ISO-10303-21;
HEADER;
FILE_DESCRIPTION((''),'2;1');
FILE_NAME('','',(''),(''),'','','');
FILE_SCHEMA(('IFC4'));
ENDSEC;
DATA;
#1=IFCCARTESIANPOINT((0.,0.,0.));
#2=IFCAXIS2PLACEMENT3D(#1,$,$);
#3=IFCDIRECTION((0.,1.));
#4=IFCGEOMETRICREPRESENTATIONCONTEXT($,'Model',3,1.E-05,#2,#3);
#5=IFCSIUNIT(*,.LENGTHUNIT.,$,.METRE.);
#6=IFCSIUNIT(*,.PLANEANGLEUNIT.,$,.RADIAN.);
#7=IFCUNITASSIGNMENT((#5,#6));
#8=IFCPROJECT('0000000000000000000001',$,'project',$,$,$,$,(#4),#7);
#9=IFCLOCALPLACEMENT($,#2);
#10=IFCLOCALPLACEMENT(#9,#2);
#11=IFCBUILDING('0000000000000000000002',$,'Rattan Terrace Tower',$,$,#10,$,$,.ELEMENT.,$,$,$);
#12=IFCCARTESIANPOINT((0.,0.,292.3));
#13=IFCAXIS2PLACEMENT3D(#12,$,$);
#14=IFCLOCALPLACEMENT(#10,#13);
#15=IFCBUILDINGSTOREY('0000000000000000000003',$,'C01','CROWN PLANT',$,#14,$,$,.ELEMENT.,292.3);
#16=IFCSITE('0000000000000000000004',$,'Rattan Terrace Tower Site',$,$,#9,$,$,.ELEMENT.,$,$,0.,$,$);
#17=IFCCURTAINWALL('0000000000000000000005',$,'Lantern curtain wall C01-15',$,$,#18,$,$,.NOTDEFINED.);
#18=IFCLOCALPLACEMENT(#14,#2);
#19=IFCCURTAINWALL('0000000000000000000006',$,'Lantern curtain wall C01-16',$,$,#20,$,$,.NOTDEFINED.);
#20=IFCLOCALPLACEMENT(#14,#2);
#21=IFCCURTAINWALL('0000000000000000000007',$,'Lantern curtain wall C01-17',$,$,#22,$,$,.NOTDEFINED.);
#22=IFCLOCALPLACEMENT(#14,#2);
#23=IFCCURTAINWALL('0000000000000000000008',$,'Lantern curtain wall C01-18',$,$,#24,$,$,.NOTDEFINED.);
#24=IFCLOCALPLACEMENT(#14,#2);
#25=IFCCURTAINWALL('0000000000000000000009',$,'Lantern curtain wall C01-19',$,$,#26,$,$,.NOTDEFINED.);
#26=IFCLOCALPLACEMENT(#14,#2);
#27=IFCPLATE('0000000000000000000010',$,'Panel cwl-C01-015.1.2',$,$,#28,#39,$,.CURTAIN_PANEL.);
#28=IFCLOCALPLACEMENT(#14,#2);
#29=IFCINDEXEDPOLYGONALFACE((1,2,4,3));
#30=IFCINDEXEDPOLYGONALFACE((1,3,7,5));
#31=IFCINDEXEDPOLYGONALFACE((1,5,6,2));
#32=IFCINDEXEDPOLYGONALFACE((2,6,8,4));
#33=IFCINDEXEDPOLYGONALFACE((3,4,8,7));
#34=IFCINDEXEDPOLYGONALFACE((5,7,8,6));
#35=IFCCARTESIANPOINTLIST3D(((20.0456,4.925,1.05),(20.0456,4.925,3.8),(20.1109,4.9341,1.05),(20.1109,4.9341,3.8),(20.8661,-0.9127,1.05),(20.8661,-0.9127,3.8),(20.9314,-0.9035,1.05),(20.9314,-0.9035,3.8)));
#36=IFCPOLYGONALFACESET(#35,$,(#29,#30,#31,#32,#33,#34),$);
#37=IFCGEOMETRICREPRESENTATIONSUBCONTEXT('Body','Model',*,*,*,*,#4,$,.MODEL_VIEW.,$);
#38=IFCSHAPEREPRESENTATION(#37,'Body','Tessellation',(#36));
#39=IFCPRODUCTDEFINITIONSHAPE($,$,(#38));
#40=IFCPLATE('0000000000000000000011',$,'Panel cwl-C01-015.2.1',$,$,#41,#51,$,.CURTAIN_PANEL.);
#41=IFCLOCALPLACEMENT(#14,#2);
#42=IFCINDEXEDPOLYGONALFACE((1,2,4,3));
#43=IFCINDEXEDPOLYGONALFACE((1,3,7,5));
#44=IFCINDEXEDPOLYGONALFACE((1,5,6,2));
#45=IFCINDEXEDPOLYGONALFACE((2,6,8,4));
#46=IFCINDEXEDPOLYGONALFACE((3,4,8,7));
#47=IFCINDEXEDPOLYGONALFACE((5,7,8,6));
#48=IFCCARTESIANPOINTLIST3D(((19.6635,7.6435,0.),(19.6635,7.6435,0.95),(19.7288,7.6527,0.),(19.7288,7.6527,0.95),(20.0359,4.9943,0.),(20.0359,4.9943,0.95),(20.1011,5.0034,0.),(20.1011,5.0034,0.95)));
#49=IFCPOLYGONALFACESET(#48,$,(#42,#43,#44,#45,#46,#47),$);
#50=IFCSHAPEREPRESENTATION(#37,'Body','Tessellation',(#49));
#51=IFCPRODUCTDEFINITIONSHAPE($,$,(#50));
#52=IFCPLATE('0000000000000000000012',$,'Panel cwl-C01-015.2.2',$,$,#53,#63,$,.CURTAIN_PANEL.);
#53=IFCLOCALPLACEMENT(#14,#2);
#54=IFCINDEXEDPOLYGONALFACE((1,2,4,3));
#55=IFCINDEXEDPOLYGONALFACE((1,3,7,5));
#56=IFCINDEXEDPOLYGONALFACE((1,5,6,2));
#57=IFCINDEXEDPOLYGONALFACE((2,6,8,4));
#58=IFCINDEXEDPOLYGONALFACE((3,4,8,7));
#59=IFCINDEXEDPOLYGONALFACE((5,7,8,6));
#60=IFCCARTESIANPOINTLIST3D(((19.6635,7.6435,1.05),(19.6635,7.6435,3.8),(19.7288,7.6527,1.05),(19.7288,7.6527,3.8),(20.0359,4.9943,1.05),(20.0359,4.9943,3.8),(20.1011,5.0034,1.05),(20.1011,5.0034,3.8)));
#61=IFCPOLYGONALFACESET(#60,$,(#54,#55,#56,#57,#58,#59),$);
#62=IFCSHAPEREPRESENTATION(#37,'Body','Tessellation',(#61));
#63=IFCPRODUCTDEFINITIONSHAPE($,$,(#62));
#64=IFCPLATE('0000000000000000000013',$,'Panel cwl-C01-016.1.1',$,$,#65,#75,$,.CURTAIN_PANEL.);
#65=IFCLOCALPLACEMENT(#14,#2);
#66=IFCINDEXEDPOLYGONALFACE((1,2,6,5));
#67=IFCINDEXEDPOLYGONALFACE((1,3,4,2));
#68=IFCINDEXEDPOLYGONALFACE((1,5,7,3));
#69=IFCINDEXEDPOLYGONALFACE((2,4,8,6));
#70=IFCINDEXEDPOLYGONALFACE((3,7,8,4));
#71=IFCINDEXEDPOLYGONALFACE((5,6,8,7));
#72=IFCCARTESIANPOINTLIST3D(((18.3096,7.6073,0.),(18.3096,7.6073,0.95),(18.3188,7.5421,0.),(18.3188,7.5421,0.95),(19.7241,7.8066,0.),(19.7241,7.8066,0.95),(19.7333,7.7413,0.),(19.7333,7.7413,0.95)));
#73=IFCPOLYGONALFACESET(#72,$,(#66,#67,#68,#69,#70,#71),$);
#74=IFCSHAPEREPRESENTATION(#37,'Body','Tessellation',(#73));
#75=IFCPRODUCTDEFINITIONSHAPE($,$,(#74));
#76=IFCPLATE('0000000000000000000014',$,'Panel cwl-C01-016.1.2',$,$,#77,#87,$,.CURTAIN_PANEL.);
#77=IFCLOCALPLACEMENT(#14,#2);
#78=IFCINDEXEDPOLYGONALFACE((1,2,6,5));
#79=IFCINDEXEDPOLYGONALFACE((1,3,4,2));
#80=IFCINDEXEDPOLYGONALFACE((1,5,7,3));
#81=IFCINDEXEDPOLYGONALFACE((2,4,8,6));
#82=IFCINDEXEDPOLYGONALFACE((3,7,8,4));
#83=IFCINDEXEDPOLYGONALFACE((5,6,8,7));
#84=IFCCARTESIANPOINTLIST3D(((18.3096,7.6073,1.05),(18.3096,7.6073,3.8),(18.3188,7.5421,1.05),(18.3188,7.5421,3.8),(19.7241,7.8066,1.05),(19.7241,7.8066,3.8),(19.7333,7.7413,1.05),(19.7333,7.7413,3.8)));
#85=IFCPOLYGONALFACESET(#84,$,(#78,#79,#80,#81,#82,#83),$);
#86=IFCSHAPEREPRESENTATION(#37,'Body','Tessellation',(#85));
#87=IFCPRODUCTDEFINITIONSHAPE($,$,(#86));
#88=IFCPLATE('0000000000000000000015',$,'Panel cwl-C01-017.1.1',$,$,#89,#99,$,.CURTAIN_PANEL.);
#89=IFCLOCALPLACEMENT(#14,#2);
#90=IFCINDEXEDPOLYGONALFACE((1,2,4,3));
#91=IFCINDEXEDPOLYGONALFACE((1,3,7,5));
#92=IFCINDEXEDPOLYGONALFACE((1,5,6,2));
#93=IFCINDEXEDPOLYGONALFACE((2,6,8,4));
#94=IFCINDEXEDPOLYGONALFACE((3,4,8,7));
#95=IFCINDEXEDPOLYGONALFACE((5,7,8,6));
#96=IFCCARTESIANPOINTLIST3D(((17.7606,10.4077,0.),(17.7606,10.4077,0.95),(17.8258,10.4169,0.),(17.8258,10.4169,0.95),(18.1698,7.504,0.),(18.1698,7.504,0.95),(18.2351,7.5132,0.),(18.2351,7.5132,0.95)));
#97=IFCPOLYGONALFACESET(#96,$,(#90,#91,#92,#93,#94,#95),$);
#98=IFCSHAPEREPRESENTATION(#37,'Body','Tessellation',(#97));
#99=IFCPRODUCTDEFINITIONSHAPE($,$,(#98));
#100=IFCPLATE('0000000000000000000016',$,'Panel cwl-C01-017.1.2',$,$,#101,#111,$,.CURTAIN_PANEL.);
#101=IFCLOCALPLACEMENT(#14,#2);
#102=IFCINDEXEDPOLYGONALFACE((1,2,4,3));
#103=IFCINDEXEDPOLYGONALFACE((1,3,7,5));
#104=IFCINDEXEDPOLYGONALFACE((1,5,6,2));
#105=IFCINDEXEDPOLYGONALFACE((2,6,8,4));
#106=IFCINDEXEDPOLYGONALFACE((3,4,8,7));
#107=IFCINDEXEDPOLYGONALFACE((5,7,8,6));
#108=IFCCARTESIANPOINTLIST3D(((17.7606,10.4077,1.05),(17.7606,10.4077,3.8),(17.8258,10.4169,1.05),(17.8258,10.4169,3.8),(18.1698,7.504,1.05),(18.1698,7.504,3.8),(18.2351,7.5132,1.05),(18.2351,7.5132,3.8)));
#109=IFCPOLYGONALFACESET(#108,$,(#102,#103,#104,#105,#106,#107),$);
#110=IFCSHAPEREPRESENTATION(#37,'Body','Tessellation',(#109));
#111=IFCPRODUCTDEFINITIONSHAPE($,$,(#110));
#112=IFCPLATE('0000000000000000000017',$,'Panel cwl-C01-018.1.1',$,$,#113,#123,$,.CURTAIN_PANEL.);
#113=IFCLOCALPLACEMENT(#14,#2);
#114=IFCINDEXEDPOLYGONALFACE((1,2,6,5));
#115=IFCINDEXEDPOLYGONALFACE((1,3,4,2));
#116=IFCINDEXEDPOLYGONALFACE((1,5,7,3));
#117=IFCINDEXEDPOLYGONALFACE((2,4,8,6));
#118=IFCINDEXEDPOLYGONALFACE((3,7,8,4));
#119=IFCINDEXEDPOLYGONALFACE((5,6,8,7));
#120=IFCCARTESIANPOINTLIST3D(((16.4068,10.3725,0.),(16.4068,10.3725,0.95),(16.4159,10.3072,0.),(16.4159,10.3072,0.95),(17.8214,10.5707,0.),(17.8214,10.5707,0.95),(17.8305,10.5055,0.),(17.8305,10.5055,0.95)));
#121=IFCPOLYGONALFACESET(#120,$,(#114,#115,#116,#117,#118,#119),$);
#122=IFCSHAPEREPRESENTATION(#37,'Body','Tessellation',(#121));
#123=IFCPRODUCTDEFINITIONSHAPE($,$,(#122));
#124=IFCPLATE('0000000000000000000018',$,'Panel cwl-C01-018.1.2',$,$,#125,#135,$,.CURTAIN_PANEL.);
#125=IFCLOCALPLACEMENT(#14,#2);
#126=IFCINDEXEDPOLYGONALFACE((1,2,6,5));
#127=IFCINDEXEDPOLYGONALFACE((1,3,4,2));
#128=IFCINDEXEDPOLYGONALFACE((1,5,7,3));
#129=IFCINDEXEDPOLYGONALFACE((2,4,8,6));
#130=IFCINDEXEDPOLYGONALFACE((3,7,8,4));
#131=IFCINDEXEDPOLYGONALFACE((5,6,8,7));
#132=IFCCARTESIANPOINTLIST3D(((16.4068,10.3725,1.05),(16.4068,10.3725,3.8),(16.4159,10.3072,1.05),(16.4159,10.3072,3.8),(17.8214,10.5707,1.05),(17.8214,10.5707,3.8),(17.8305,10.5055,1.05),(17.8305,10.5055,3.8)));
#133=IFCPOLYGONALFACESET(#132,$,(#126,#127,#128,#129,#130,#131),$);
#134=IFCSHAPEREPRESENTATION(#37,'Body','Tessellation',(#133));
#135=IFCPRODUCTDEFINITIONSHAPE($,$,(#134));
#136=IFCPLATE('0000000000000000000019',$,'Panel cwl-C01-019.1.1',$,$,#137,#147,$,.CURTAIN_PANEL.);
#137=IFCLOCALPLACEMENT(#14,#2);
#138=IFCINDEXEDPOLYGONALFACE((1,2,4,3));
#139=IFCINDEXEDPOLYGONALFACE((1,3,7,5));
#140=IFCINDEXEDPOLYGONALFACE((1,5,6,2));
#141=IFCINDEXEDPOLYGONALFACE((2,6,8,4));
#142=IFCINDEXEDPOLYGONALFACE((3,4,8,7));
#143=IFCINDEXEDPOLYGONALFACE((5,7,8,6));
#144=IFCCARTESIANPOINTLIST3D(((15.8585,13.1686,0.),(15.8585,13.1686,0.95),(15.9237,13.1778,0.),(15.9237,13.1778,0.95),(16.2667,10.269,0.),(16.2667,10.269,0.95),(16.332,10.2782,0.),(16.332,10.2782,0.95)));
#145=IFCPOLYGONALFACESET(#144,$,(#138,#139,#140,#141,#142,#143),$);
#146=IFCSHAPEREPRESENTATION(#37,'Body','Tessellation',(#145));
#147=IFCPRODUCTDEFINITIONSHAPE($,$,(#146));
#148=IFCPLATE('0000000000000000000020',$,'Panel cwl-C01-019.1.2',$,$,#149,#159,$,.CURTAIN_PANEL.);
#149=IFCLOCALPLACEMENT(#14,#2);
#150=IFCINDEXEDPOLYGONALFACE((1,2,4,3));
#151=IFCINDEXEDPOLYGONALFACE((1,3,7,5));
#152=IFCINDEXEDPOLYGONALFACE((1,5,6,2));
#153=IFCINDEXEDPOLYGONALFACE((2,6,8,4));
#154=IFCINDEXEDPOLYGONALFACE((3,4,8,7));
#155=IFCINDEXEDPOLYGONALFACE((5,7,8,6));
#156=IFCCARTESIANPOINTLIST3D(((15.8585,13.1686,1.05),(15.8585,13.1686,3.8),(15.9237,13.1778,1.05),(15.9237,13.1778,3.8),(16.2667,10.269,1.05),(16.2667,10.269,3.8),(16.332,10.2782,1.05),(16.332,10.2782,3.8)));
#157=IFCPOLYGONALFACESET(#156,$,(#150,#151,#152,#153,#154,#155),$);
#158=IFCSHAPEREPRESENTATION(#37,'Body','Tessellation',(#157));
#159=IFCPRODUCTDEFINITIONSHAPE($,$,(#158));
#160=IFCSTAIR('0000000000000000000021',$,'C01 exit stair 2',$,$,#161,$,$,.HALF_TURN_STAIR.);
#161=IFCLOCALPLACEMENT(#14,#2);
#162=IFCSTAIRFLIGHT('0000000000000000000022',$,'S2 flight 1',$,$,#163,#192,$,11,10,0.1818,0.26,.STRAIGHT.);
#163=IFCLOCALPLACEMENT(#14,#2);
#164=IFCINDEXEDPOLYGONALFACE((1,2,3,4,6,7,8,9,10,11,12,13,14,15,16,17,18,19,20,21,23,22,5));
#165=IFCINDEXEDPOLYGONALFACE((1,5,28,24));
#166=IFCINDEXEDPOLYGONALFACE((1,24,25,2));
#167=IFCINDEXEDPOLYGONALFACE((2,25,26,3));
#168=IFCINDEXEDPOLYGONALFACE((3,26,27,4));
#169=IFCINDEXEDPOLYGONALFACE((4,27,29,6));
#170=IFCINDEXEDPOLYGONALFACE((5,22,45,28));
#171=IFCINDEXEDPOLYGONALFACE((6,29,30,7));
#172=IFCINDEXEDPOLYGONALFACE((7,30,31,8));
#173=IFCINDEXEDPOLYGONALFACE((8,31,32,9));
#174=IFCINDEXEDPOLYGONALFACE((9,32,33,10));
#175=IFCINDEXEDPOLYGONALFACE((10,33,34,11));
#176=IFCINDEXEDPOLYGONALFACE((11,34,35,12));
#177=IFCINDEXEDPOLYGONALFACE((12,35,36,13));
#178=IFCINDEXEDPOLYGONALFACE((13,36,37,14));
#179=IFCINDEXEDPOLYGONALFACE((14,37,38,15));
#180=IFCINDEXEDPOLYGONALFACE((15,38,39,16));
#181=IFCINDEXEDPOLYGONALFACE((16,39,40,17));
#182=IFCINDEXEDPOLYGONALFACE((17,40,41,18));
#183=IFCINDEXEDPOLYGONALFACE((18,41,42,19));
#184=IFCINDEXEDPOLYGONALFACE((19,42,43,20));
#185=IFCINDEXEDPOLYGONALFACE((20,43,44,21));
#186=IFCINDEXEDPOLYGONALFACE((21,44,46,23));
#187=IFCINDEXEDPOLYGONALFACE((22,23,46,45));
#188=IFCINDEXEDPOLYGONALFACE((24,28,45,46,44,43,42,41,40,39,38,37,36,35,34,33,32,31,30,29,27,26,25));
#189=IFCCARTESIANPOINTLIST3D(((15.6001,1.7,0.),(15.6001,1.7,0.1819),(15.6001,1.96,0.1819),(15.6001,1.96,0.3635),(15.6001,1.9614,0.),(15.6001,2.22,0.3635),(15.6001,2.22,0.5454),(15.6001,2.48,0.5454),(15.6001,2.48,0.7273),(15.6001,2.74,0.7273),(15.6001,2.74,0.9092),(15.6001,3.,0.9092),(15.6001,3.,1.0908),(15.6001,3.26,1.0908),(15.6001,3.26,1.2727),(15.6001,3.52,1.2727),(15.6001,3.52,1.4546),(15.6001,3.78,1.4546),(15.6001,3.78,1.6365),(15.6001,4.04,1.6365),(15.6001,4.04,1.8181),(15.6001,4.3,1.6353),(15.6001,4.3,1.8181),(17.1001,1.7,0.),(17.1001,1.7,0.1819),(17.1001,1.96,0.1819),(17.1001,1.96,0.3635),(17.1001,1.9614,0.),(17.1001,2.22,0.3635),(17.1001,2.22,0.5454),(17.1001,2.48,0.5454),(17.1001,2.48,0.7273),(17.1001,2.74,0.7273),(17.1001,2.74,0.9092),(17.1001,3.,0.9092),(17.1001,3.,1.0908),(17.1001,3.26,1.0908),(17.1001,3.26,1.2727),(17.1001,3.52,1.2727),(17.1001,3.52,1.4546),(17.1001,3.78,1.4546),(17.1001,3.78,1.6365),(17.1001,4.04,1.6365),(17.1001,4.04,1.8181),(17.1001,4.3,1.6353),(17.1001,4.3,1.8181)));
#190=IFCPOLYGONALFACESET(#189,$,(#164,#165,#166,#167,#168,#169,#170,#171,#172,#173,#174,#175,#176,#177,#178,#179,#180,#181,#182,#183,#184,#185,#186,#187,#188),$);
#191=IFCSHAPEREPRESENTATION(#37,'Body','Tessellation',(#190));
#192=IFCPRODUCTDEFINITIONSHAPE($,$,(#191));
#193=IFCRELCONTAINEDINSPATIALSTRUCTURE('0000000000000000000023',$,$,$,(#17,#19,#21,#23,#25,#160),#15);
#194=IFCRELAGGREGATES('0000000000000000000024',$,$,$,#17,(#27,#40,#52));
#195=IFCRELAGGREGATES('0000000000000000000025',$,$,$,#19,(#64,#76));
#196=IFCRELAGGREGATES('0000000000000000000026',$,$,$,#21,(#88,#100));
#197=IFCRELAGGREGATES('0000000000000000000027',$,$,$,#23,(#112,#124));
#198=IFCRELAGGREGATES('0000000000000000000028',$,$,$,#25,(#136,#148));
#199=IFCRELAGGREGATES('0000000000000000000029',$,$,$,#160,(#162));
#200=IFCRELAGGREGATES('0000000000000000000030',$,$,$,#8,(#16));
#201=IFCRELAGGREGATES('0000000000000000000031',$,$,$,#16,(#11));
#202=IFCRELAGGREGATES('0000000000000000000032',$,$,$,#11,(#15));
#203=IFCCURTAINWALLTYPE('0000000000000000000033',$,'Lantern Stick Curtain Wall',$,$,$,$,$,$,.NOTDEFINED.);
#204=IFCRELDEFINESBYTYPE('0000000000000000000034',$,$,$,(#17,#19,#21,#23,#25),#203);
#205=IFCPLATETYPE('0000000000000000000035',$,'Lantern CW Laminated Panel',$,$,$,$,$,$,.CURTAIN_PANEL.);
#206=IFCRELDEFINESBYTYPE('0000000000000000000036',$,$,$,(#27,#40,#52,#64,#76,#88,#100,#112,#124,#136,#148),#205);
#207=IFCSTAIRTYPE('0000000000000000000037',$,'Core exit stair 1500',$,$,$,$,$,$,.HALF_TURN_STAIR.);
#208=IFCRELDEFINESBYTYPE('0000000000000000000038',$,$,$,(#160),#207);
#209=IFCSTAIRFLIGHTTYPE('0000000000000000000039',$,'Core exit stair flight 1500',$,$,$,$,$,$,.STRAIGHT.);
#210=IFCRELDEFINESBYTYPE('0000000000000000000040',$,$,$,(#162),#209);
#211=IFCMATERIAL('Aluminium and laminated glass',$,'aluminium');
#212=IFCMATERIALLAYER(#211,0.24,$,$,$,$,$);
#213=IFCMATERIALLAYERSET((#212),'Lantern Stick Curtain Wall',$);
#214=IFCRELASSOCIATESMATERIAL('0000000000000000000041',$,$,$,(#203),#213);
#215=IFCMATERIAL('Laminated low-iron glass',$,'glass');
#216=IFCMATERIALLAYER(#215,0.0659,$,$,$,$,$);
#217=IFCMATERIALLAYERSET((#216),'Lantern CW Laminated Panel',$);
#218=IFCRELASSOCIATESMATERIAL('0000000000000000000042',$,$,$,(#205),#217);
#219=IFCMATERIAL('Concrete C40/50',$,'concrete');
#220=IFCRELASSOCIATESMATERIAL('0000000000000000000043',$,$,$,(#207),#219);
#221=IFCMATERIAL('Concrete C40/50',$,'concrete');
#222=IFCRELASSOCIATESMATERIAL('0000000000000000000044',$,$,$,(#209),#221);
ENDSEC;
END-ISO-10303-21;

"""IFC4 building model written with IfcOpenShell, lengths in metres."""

from ifc_helpers import new_model, si_unit, direction, frame, origin, origin_2d, place, context, subcontext, project, spatial, polyline, rectangle, outline, extrude, material, layer, layer_set, type_object, element, aggregate, save


model = new_model("IFC4")

# Units and contexts
model_context = context("Model", 3, precision=1e-05, world=origin(), true_north=direction((0.0, 1.0)))
body_context = subcontext(model_context, "Body", "Model", "MODEL_VIEW")
ifc_project = project(units=[si_unit("LENGTHUNIT", "METRE"), si_unit("PLANEANGLEUNIT", "RADIAN")], contexts=[model_context])

# Site, building, storey
site_placement = place(None, origin())
site = spatial("IfcSite", under=ifc_project, at=site_placement, Name="Rattan Terrace Tower Site", CompositionType="ELEMENT", RefElevation=0.0)
building_placement = place(site_placement, origin())
building = spatial("IfcBuilding", under=site, at=building_placement, Name="Rattan Terrace Tower", CompositionType="ELEMENT")
storey_placement = place(building_placement, frame((0.0, 0.0, 292.3)))
storey = spatial("IfcBuildingStorey", under=building, at=storey_placement, Name="C01", Description="CROWN PLANT", CompositionType="ELEMENT", Elevation=292.3)

# Curtain walls
ifc_material_1 = material(Name="Aluminium and laminated glass", Category="aluminium")
ifc_layer_1 = layer(ifc_material_1, 0.24)
ifc_layer_set_1 = layer_set([ifc_layer_1], Name="Lantern Stick Curtain Wall")
curtain_wall_type = type_object("IfcCurtainWallType", Name="Lantern Stick Curtain Wall", PredefinedType="NOTDEFINED", material=ifc_layer_set_1)
curtain_wall_1_placement = place(storey_placement, origin())
curtain_wall_1 = element("IfcCurtainWall", 1, at=curtain_wall_1_placement, inside=storey, type_object=curtain_wall_type, Name="Lantern curtain wall C01-15", PredefinedType="NOTDEFINED")
curtain_wall_2_placement = place(storey_placement, origin())
curtain_wall_2 = element("IfcCurtainWall", 2, at=curtain_wall_2_placement, inside=storey, type_object=curtain_wall_type, Name="Lantern curtain wall C01-16", PredefinedType="NOTDEFINED")
curtain_wall_3_placement = place(storey_placement, origin())
curtain_wall_3 = element("IfcCurtainWall", 3, at=curtain_wall_3_placement, inside=storey, type_object=curtain_wall_type, Name="Lantern curtain wall C01-17", PredefinedType="NOTDEFINED")
curtain_wall_4_placement = place(storey_placement, origin())
curtain_wall_4 = element("IfcCurtainWall", 4, at=curtain_wall_4_placement, inside=storey, type_object=curtain_wall_type, Name="Lantern curtain wall C01-18", PredefinedType="NOTDEFINED")
curtain_wall_5_placement = place(storey_placement, origin())
curtain_wall_5 = element("IfcCurtainWall", 5, at=curtain_wall_5_placement, inside=storey, type_object=curtain_wall_type, Name="Lantern curtain wall C01-19", PredefinedType="NOTDEFINED")

# Plates
ifc_material_2 = material(Name="Laminated low-iron glass", Category="glass")
ifc_layer_2 = layer(ifc_material_2, 0.0659)
ifc_layer_set_2 = layer_set([ifc_layer_2], Name="Lantern CW Laminated Panel")
plate_type = type_object("IfcPlateType", Name="Lantern CW Laminated Panel", PredefinedType="CURTAIN_PANEL", material=ifc_layer_set_2)
plate_1_placement = place(storey_placement, frame((20.4885, 2.0107, 1.05), z_axis=(0.0, 0.0, 1.0), x_axis=(-0.139188, 0.990266, 0.0)))
plate_1 = element("IfcPlate", 6, at=plate_1_placement, type_object=plate_type, Name="Panel cwl-C01-015.1.2", PredefinedType="CURTAIN_PANEL", context=body_context, shape_type="SweptSolid", body=[
    extrude(rectangle(XDim=5.895, YDim=0.0659, at=origin_2d()), origin(), (0.0, 0.0, 1.0), 2.75),
])
plate_2_placement = place(storey_placement, frame((19.8823, 6.3235, 0.0), z_axis=(0.0, 0.0, 1.0), x_axis=(-0.139188, 0.990266, 0.0)))
plate_2 = element("IfcPlate", 7, at=plate_2_placement, type_object=plate_type, Name="Panel cwl-C01-015.2.1", PredefinedType="CURTAIN_PANEL", context=body_context, shape_type="SweptSolid", body=[
    extrude(rectangle(XDim=2.6753, YDim=0.0659, at=origin_2d()), origin(), (0.0, 0.0, 1.0), 0.95),
])
plate_3_placement = place(storey_placement, frame((19.8823, 6.3235, 1.05), z_axis=(0.0, 0.0, 1.0), x_axis=(-0.139188, 0.990266, 0.0)))
plate_3 = element("IfcPlate", 8, at=plate_3_placement, type_object=plate_type, Name="Panel cwl-C01-015.2.2", PredefinedType="CURTAIN_PANEL", context=body_context, shape_type="SweptSolid", body=[
    extrude(rectangle(XDim=2.6753, YDim=0.0659, at=origin_2d()), origin(), (0.0, 0.0, 1.0), 2.75),
])
aggregate(curtain_wall_1, [plate_1, plate_2, plate_3])
plate_4_placement = place(storey_placement, frame((19.0215, 7.6743, 0.0), z_axis=(0.0, 0.0, 1.0), x_axis=(-0.990228, -0.139459, 0.0)))
plate_4 = element("IfcPlate", 9, at=plate_4_placement, type_object=plate_type, Name="Panel cwl-C01-016.1.1", PredefinedType="CURTAIN_PANEL", context=body_context, shape_type="SweptSolid", body=[
    extrude(rectangle(XDim=1.4285, YDim=0.0659, at=origin_2d()), origin(), (0.0, 0.0, 1.0), 0.95),
])
plate_5_placement = place(storey_placement, frame((19.0215, 7.6743, 1.05), z_axis=(0.0, 0.0, 1.0), x_axis=(-0.990228, -0.139459, 0.0)))
plate_5 = element("IfcPlate", 10, at=plate_5_placement, type_object=plate_type, Name="Panel cwl-C01-016.1.2", PredefinedType="CURTAIN_PANEL", context=body_context, shape_type="SweptSolid", body=[
    extrude(rectangle(XDim=1.4285, YDim=0.0659, at=origin_2d()), origin(), (0.0, 0.0, 1.0), 2.75),
])
aggregate(curtain_wall_2, [plate_4, plate_5])
plate_6_placement = place(storey_placement, frame((17.9978, 8.9604, 0.0), z_axis=(0.0, 0.0, 1.0), x_axis=(-0.139556, 0.990214, 0.0)))
plate_6 = element("IfcPlate", 11, at=plate_6_placement, type_object=plate_type, Name="Panel cwl-C01-017.1.1", PredefinedType="CURTAIN_PANEL", context=body_context, shape_type="SweptSolid", body=[
    extrude(rectangle(XDim=2.9324, YDim=0.0659, at=origin_2d()), origin(), (0.0, 0.0, 1.0), 0.95),
])
plate_7_placement = place(storey_placement, frame((17.9978, 8.9604, 1.05), z_axis=(0.0, 0.0, 1.0), x_axis=(-0.139556, 0.990214, 0.0)))
plate_7 = element("IfcPlate", 12, at=plate_7_placement, type_object=plate_type, Name="Panel cwl-C01-017.1.2", PredefinedType="CURTAIN_PANEL", context=body_context, shape_type="SweptSolid", body=[
    extrude(rectangle(XDim=2.9324, YDim=0.0659, at=origin_2d()), origin(), (0.0, 0.0, 1.0), 2.75),
])
aggregate(curtain_wall_3, [plate_6, plate_7])
plate_8_placement = place(storey_placement, frame((17.1187, 10.439, 0.0), z_axis=(0.0, 0.0, 1.0), x_axis=(-0.99032, -0.138805, 0.0)))
plate_8 = element("IfcPlate", 13, at=plate_8_placement, type_object=plate_type, Name="Panel cwl-C01-018.1.1", PredefinedType="CURTAIN_PANEL", context=body_context, shape_type="SweptSolid", body=[
    extrude(rectangle(XDim=1.4285, YDim=0.0659, at=origin_2d()), origin(), (0.0, 0.0, 1.0), 0.95),
])
plate_9_placement = place(storey_placement, frame((17.1187, 10.439, 1.05), z_axis=(0.0, 0.0, 1.0), x_axis=(-0.99032, -0.138805, 0.0)))
plate_9 = element("IfcPlate", 14, at=plate_9_placement, type_object=plate_type, Name="Panel cwl-C01-018.1.2", PredefinedType="CURTAIN_PANEL", context=body_context, shape_type="SweptSolid", body=[
    extrude(rectangle(XDim=1.4285, YDim=0.0659, at=origin_2d()), origin(), (0.0, 0.0, 1.0), 2.75),
])
aggregate(curtain_wall_4, [plate_8, plate_9])
plate_10_placement = place(storey_placement, frame((16.0952, 11.7234, 0.0), z_axis=(0.0, 0.0, 1.0), x_axis=(-0.139413, 0.990234, 0.0)))
plate_10 = element("IfcPlate", 15, at=plate_10_placement, type_object=plate_type, Name="Panel cwl-C01-019.1.1", PredefinedType="CURTAIN_PANEL", context=body_context, shape_type="SweptSolid", body=[
    extrude(rectangle(XDim=2.9282, YDim=0.0659, at=origin_2d()), origin(), (0.0, 0.0, 1.0), 0.95),
])
plate_11_placement = place(storey_placement, frame((16.0952, 11.7234, 1.05), z_axis=(0.0, 0.0, 1.0), x_axis=(-0.139413, 0.990234, 0.0)))
plate_11 = element("IfcPlate", 16, at=plate_11_placement, type_object=plate_type, Name="Panel cwl-C01-019.1.2", PredefinedType="CURTAIN_PANEL", context=body_context, shape_type="SweptSolid", body=[
    extrude(rectangle(XDim=2.9282, YDim=0.0659, at=origin_2d()), origin(), (0.0, 0.0, 1.0), 2.75),
])
aggregate(curtain_wall_5, [plate_10, plate_11])

# Stair, stair flight
ifc_material_3 = material(Name="Concrete C40/50", Category="concrete")
stair_type = type_object("IfcStairType", Name="Core exit stair 1500", PredefinedType="HALF_TURN_STAIR", material=ifc_material_3)
stair_placement = place(storey_placement, origin())
stair = element("IfcStair", 17, at=stair_placement, inside=storey, type_object=stair_type, Name="C01 exit stair 2", PredefinedType="HALF_TURN_STAIR")
ifc_material_4 = material(Name="Concrete C40/50", Category="concrete")
stair_flight_type = type_object("IfcStairFlightType", Name="Core exit stair flight 1500", PredefinedType="STRAIGHT", material=ifc_material_4)
stair_flight_placement = place(storey_placement, frame((16.3501, 1.7, 0.0), z_axis=(0.0, 0.0, 1.0), x_axis=(0.0, 1.0, 0.0)))
stair_flight = element("IfcStairFlight", 18, at=stair_flight_placement, type_object=stair_flight_type, Name="S2 flight 1", NumberOfRisers=11, NumberOfTreads=10, PredefinedType="STRAIGHT", RiserHeight=0.1818, TreadLength=0.26, context=body_context, shape_type="SweptSolid", body=[
    extrude(outline(polyline([(0.0, 0.0), (0.0, 0.1819), (0.26, 0.1819), (0.26, 0.3635), (0.52, 0.3635), (0.52, 0.5454), (0.78, 0.5454), (0.78, 0.7273), (1.04, 0.7273), (1.04, 0.9092), (1.3, 0.9092), (1.3, 1.0908), (1.5601, 1.0908), (1.5601, 1.2727), (1.8201, 1.2727), (1.8201, 1.4546), (2.0801, 1.4546), (2.0801, 1.6365), (2.3401, 1.6365), (2.3401, 1.8181), (2.6001, 1.8181), (2.6001, 2.0), (2.6001, 1.6353), (0.2615, 0.0), (0.0, 0.0)])), frame((0.0, 0.75, 0.0), z_axis=(0.0, -1.0, 0.0), x_axis=(1.0, 0.0, 0.0)), (0.0, 0.0, 1.0), 1.5),
])
aggregate(stair, [stair_flight])

save(model, "model.ifc")
